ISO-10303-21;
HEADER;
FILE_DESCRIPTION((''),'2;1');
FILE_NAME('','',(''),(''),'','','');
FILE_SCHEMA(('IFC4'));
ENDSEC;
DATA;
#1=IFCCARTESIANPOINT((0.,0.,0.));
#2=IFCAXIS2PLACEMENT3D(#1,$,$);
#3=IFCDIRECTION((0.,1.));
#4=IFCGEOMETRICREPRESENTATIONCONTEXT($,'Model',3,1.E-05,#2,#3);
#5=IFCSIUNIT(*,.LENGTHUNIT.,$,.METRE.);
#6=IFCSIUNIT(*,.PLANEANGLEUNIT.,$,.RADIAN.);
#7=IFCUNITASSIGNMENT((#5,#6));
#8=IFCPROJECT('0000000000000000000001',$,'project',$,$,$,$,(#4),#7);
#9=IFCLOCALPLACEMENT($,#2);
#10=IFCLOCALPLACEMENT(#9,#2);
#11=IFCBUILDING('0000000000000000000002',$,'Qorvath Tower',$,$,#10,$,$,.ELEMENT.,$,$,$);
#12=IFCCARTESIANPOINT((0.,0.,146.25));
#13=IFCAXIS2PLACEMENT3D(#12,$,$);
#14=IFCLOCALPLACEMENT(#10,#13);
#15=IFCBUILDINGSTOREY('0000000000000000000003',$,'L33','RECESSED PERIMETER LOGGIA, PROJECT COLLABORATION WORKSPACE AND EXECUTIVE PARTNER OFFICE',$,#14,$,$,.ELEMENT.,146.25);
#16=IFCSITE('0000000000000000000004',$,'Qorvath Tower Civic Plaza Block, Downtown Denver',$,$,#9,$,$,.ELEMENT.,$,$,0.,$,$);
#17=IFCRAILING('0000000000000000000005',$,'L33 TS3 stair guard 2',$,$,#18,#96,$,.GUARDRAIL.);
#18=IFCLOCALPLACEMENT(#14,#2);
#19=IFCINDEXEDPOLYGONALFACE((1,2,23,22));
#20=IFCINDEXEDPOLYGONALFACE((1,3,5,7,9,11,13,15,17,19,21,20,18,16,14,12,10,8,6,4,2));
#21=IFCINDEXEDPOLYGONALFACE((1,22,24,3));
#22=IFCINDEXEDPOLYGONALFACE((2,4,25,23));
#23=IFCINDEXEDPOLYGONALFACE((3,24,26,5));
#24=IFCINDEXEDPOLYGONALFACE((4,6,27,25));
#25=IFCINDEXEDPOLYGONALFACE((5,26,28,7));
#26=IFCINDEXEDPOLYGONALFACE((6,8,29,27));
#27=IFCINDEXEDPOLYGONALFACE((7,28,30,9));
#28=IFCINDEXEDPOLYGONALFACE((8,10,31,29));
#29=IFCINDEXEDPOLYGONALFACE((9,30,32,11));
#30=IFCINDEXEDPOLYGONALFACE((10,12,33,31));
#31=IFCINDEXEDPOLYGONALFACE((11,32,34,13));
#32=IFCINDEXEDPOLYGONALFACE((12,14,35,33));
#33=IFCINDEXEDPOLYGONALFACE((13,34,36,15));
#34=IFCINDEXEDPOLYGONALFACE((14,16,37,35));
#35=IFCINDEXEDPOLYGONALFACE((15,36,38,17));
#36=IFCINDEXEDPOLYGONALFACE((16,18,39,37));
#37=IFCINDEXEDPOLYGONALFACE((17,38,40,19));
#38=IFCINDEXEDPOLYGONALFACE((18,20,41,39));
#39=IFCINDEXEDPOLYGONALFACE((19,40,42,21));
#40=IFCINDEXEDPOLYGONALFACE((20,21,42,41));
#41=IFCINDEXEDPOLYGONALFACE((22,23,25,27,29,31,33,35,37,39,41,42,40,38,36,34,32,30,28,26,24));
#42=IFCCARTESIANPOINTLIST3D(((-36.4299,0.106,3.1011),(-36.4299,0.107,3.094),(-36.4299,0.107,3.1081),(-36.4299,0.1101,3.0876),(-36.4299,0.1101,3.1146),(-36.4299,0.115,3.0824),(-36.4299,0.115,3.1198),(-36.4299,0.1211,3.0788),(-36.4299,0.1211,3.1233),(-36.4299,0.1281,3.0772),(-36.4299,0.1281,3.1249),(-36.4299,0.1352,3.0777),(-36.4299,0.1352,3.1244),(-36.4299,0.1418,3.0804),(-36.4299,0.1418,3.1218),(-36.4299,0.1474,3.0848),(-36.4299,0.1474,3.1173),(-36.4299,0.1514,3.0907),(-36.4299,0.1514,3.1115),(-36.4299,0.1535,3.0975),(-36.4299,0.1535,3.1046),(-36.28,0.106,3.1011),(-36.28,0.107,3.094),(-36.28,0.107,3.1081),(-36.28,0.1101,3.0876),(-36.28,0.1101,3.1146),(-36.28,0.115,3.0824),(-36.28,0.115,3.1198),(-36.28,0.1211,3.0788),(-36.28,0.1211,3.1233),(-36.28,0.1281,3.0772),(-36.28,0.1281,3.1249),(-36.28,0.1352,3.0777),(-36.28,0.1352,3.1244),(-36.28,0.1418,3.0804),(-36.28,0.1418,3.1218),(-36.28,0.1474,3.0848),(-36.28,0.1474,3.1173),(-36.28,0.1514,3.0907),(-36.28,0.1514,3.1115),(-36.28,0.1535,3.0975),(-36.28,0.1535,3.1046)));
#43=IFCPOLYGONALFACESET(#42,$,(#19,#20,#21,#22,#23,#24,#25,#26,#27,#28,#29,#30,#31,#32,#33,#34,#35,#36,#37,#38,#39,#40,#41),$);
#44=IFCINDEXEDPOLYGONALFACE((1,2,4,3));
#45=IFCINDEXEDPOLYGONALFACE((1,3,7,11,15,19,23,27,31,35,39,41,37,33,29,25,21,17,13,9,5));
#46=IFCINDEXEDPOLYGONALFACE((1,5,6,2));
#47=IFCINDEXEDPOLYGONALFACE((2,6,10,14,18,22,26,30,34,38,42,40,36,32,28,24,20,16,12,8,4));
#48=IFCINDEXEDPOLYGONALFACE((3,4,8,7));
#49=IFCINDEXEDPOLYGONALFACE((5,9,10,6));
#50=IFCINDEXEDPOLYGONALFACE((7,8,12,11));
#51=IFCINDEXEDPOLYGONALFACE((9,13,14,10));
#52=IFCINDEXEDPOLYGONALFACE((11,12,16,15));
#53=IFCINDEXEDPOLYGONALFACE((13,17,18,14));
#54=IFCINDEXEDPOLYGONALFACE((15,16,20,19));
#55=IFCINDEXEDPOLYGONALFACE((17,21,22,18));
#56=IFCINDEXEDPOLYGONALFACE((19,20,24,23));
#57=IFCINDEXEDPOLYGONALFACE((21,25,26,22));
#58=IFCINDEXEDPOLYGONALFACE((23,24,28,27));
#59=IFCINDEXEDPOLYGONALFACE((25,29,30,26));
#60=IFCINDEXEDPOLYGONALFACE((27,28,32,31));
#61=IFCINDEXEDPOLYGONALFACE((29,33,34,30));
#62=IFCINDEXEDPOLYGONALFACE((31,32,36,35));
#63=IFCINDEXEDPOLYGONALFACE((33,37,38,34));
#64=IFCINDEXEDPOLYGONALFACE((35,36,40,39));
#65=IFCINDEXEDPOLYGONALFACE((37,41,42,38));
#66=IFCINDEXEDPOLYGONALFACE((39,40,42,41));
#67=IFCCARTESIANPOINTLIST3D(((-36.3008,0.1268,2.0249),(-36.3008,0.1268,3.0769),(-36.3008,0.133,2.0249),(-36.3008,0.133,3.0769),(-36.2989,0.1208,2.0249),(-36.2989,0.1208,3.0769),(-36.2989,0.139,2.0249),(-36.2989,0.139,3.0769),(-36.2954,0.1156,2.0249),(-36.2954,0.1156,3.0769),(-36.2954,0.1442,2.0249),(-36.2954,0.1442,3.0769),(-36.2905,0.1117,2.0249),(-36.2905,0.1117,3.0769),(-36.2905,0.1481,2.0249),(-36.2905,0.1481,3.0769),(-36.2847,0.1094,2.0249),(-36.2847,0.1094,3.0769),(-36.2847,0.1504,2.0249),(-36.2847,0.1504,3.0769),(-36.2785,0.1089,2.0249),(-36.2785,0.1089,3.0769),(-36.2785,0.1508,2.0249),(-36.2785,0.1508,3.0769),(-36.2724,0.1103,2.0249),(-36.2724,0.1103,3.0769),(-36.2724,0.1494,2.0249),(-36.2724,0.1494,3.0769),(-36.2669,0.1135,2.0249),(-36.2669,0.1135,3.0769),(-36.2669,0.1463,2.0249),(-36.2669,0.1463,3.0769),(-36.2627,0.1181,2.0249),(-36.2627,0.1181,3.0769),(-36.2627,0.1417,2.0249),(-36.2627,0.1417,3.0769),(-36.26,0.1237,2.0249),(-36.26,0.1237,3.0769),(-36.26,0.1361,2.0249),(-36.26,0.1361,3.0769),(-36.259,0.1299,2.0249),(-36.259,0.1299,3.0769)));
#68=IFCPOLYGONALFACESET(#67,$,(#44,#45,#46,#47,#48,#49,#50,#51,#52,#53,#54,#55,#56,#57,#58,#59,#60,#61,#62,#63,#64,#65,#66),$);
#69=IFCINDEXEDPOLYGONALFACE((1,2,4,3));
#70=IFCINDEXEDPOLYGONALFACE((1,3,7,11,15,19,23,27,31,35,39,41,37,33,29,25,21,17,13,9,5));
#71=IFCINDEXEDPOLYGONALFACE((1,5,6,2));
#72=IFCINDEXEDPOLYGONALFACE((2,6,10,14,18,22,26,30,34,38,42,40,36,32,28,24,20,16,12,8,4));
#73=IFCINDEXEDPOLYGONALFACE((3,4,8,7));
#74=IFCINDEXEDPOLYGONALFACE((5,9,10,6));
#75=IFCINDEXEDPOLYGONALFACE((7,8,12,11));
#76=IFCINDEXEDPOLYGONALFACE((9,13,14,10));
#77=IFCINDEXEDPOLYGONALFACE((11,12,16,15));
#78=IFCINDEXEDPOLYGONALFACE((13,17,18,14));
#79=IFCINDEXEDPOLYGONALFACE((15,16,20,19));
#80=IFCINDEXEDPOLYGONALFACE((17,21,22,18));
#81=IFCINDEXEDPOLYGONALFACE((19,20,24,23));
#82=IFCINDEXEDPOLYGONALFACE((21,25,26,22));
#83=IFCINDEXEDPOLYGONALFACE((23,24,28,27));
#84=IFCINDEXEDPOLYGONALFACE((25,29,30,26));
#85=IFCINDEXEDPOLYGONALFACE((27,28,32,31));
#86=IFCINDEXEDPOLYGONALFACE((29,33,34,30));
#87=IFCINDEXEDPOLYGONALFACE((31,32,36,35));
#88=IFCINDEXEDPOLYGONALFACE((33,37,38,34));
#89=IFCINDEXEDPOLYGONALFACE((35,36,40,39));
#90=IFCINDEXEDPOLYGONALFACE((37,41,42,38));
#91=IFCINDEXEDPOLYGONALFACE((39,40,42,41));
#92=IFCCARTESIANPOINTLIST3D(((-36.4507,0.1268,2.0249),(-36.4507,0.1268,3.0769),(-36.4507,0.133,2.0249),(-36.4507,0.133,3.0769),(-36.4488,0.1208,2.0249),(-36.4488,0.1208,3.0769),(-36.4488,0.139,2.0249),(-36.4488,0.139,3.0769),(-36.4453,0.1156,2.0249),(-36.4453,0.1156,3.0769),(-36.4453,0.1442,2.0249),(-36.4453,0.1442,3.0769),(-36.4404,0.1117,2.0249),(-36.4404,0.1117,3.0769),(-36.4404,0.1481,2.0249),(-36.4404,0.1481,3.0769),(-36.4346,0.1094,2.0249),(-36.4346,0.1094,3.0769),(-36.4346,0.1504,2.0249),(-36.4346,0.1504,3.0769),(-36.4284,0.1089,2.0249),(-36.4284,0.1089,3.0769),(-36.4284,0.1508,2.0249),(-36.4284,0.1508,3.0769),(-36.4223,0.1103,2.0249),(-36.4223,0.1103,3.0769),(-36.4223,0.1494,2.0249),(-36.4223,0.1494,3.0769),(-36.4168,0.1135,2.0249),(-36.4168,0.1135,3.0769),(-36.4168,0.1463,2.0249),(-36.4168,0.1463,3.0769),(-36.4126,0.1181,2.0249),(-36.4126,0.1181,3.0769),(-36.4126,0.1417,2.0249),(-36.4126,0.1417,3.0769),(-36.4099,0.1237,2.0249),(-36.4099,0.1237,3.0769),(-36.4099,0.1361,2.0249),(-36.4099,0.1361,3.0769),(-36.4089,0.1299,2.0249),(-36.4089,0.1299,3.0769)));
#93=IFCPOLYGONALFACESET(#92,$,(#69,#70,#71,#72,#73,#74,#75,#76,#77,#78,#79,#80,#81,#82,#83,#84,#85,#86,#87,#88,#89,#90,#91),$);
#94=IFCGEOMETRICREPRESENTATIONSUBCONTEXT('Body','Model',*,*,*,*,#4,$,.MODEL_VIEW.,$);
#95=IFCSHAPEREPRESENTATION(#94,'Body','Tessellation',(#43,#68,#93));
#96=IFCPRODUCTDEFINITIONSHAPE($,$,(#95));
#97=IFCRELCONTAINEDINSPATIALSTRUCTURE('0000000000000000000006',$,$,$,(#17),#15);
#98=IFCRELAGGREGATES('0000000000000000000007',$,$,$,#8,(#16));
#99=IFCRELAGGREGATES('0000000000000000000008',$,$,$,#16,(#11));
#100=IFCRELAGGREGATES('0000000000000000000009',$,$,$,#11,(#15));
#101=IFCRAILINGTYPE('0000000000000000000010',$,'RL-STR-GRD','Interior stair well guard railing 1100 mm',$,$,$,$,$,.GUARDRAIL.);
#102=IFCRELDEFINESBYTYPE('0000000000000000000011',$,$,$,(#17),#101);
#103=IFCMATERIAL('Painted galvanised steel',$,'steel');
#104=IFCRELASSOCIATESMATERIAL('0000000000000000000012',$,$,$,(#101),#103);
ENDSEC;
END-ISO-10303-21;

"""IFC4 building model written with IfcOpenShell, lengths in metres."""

from ifc_helpers import new_model, si_unit, direction, frame, origin, origin_2d, place, context, subcontext, project, spatial, circle, extrude, material, type_object, element, save


model = new_model("IFC4")

# Units and contexts
model_context = context("Model", 3, precision=1e-05, world=origin(), true_north=direction((0.0, 1.0)))
body_context = subcontext(model_context, "Body", "Model", "MODEL_VIEW")
ifc_project = project(units=[si_unit("LENGTHUNIT", "METRE"), si_unit("PLANEANGLEUNIT", "RADIAN")], contexts=[model_context])

# Site, building, storey
site_placement = place(None, origin())
site = spatial("IfcSite", under=ifc_project, at=site_placement, Name="Qorvath Tower Civic Plaza Block, Downtown Denver", CompositionType="ELEMENT", RefElevation=0.0)
building_placement = place(site_placement, origin())
building = spatial("IfcBuilding", under=site, at=building_placement, Name="Qorvath Tower", CompositionType="ELEMENT")
storey_placement = place(building_placement, frame((0.0, 0.0, 146.25)))
storey = spatial("IfcBuildingStorey", under=building, at=storey_placement, Name="L33", Description="RECESSED PERIMETER LOGGIA, PROJECT COLLABORATION WORKSPACE AND EXECUTIVE PARTNER OFFICE", CompositionType="ELEMENT", Elevation=146.25)

# Railing
ifc_material_1 = material(Name="Painted galvanised steel", Category="steel")
railing_type = type_object("IfcRailingType", Name="RL-STR-GRD", Description="Interior stair well guard railing 1100 mm", PredefinedType="GUARDRAIL", material=ifc_material_1)
railing_1_placement = place(storey_placement, frame((-36.28, 0.1299, 2.0249)))
element("IfcRailing", 1, at=railing_1_placement, inside=storey, type_object=railing_type, Name="L33 TS3 stair guard 2", PredefinedType="GUARDRAIL", context=body_context, shape_type="SweptSolid", body=[
    extrude(circle(Radius=0.0239, at=origin_2d()), frame((0.0, 0.0, 1.0762), z_axis=(-1.0, 0.0, 0.0), x_axis=(0.0, -1.0, 0.0)), (0.0, 0.0, 1.0), 0.1499),
    extrude(circle(Radius=0.021, at=origin_2d()), origin(), (0.0, 0.0, 1.0), 1.052),
    extrude(circle(Radius=0.021, at=origin_2d()), frame((-0.1499, 0.0, 0.0)), (0.0, 0.0, 1.0), 1.052),
])

save(model, "model.ifc")
